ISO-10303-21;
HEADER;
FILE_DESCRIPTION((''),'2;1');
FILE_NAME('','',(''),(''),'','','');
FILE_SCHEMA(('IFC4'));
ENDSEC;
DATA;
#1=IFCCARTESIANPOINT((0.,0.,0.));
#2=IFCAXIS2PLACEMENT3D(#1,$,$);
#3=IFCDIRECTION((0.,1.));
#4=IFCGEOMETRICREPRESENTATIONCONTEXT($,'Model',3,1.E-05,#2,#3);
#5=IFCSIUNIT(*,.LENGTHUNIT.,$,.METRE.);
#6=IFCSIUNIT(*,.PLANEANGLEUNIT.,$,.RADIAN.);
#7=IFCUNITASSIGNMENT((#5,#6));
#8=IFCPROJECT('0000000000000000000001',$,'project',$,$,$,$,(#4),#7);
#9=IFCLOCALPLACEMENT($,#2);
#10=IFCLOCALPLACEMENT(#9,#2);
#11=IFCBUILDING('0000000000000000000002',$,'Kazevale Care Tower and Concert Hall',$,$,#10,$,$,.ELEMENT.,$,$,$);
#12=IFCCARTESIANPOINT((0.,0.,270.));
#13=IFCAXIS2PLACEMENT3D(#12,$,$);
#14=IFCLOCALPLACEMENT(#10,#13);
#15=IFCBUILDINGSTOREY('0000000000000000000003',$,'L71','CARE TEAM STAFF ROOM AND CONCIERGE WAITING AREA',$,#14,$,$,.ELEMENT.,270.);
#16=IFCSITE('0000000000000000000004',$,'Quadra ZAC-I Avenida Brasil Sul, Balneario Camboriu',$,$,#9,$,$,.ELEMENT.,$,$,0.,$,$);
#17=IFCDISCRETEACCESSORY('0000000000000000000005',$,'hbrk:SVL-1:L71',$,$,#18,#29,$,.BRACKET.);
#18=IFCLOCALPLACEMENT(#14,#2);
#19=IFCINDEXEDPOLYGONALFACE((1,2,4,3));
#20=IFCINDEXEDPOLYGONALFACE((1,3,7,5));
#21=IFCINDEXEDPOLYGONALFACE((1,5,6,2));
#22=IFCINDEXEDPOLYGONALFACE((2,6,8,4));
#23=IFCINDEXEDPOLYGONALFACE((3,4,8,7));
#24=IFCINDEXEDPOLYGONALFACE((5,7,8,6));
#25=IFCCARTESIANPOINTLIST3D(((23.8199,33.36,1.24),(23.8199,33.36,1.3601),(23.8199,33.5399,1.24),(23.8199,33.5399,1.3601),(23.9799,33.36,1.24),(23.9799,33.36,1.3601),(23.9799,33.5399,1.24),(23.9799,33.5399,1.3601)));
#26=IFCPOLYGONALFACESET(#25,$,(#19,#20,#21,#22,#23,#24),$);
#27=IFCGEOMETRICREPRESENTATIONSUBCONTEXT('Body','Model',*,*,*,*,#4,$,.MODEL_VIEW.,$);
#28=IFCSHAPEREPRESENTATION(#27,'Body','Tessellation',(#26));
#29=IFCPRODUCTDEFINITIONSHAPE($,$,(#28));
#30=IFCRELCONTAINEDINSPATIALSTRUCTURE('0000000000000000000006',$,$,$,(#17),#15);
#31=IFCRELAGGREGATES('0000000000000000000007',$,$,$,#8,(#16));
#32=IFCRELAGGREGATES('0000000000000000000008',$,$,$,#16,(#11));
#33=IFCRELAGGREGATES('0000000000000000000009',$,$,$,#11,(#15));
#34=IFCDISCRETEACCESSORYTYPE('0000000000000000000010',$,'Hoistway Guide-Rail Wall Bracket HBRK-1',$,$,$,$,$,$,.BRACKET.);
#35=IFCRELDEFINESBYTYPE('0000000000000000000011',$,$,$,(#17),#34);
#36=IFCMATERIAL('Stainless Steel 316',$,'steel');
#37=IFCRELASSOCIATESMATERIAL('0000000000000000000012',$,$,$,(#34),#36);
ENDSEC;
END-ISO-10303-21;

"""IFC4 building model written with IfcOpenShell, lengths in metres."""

from ifc_helpers import new_model, si_unit, direction, frame, origin, origin_2d, place, context, subcontext, project, spatial, rectangle, extrude, material, type_object, element, save


model = new_model("IFC4")

# Units and contexts
model_context = context("Model", 3, precision=1e-05, world=origin(), true_north=direction((0.0, 1.0)))
body_context = subcontext(model_context, "Body", "Model", "MODEL_VIEW")
ifc_project = project(units=[si_unit("LENGTHUNIT", "METRE"), si_unit("PLANEANGLEUNIT", "RADIAN")], contexts=[model_context])

# Site, building, storey
site_placement = place(None, origin())
site = spatial("IfcSite", under=ifc_project, at=site_placement, Name="Quadra ZAC-I Avenida Brasil Sul, Balneario Camboriu", CompositionType="ELEMENT", RefElevation=0.0)
building_placement = place(site_placement, origin())
building = spatial("IfcBuilding", under=site, at=building_placement, Name="Kazevale Care Tower and Concert Hall", CompositionType="ELEMENT")
storey_placement = place(building_placement, frame((0.0, 0.0, 270.0)))
storey = spatial("IfcBuildingStorey", under=building, at=storey_placement, Name="L71", Description="CARE TEAM STAFF ROOM AND CONCIERGE WAITING AREA", CompositionType="ELEMENT", Elevation=270.0)

# Shared definitions
ifc_material_1 = material(Name="Stainless Steel 316", Category="steel")

# Discrete accessory
discrete_accessory_type = type_object("IfcDiscreteAccessoryType", Name="Hoistway Guide-Rail Wall Bracket HBRK-1", PredefinedType="BRACKET", material=ifc_material_1)
discrete_accessory_placement = place(storey_placement, frame((23.8999, 33.45, 1.24), z_axis=(0.0, 0.0, 1.0), x_axis=(1.0, 0.0, 0.0)))
element("IfcDiscreteAccessory", 1, at=discrete_accessory_placement, inside=storey, type_object=discrete_accessory_type, Name="hbrk:SVL-1:L71", PredefinedType="BRACKET", context=body_context, shape_type="SweptSolid", body=[
    extrude(rectangle(XDim=0.1599, YDim=0.1799, at=origin_2d()), origin(), (0.0, 0.0, 1.0), 0.1201),
])

save(model, "model.ifc")
